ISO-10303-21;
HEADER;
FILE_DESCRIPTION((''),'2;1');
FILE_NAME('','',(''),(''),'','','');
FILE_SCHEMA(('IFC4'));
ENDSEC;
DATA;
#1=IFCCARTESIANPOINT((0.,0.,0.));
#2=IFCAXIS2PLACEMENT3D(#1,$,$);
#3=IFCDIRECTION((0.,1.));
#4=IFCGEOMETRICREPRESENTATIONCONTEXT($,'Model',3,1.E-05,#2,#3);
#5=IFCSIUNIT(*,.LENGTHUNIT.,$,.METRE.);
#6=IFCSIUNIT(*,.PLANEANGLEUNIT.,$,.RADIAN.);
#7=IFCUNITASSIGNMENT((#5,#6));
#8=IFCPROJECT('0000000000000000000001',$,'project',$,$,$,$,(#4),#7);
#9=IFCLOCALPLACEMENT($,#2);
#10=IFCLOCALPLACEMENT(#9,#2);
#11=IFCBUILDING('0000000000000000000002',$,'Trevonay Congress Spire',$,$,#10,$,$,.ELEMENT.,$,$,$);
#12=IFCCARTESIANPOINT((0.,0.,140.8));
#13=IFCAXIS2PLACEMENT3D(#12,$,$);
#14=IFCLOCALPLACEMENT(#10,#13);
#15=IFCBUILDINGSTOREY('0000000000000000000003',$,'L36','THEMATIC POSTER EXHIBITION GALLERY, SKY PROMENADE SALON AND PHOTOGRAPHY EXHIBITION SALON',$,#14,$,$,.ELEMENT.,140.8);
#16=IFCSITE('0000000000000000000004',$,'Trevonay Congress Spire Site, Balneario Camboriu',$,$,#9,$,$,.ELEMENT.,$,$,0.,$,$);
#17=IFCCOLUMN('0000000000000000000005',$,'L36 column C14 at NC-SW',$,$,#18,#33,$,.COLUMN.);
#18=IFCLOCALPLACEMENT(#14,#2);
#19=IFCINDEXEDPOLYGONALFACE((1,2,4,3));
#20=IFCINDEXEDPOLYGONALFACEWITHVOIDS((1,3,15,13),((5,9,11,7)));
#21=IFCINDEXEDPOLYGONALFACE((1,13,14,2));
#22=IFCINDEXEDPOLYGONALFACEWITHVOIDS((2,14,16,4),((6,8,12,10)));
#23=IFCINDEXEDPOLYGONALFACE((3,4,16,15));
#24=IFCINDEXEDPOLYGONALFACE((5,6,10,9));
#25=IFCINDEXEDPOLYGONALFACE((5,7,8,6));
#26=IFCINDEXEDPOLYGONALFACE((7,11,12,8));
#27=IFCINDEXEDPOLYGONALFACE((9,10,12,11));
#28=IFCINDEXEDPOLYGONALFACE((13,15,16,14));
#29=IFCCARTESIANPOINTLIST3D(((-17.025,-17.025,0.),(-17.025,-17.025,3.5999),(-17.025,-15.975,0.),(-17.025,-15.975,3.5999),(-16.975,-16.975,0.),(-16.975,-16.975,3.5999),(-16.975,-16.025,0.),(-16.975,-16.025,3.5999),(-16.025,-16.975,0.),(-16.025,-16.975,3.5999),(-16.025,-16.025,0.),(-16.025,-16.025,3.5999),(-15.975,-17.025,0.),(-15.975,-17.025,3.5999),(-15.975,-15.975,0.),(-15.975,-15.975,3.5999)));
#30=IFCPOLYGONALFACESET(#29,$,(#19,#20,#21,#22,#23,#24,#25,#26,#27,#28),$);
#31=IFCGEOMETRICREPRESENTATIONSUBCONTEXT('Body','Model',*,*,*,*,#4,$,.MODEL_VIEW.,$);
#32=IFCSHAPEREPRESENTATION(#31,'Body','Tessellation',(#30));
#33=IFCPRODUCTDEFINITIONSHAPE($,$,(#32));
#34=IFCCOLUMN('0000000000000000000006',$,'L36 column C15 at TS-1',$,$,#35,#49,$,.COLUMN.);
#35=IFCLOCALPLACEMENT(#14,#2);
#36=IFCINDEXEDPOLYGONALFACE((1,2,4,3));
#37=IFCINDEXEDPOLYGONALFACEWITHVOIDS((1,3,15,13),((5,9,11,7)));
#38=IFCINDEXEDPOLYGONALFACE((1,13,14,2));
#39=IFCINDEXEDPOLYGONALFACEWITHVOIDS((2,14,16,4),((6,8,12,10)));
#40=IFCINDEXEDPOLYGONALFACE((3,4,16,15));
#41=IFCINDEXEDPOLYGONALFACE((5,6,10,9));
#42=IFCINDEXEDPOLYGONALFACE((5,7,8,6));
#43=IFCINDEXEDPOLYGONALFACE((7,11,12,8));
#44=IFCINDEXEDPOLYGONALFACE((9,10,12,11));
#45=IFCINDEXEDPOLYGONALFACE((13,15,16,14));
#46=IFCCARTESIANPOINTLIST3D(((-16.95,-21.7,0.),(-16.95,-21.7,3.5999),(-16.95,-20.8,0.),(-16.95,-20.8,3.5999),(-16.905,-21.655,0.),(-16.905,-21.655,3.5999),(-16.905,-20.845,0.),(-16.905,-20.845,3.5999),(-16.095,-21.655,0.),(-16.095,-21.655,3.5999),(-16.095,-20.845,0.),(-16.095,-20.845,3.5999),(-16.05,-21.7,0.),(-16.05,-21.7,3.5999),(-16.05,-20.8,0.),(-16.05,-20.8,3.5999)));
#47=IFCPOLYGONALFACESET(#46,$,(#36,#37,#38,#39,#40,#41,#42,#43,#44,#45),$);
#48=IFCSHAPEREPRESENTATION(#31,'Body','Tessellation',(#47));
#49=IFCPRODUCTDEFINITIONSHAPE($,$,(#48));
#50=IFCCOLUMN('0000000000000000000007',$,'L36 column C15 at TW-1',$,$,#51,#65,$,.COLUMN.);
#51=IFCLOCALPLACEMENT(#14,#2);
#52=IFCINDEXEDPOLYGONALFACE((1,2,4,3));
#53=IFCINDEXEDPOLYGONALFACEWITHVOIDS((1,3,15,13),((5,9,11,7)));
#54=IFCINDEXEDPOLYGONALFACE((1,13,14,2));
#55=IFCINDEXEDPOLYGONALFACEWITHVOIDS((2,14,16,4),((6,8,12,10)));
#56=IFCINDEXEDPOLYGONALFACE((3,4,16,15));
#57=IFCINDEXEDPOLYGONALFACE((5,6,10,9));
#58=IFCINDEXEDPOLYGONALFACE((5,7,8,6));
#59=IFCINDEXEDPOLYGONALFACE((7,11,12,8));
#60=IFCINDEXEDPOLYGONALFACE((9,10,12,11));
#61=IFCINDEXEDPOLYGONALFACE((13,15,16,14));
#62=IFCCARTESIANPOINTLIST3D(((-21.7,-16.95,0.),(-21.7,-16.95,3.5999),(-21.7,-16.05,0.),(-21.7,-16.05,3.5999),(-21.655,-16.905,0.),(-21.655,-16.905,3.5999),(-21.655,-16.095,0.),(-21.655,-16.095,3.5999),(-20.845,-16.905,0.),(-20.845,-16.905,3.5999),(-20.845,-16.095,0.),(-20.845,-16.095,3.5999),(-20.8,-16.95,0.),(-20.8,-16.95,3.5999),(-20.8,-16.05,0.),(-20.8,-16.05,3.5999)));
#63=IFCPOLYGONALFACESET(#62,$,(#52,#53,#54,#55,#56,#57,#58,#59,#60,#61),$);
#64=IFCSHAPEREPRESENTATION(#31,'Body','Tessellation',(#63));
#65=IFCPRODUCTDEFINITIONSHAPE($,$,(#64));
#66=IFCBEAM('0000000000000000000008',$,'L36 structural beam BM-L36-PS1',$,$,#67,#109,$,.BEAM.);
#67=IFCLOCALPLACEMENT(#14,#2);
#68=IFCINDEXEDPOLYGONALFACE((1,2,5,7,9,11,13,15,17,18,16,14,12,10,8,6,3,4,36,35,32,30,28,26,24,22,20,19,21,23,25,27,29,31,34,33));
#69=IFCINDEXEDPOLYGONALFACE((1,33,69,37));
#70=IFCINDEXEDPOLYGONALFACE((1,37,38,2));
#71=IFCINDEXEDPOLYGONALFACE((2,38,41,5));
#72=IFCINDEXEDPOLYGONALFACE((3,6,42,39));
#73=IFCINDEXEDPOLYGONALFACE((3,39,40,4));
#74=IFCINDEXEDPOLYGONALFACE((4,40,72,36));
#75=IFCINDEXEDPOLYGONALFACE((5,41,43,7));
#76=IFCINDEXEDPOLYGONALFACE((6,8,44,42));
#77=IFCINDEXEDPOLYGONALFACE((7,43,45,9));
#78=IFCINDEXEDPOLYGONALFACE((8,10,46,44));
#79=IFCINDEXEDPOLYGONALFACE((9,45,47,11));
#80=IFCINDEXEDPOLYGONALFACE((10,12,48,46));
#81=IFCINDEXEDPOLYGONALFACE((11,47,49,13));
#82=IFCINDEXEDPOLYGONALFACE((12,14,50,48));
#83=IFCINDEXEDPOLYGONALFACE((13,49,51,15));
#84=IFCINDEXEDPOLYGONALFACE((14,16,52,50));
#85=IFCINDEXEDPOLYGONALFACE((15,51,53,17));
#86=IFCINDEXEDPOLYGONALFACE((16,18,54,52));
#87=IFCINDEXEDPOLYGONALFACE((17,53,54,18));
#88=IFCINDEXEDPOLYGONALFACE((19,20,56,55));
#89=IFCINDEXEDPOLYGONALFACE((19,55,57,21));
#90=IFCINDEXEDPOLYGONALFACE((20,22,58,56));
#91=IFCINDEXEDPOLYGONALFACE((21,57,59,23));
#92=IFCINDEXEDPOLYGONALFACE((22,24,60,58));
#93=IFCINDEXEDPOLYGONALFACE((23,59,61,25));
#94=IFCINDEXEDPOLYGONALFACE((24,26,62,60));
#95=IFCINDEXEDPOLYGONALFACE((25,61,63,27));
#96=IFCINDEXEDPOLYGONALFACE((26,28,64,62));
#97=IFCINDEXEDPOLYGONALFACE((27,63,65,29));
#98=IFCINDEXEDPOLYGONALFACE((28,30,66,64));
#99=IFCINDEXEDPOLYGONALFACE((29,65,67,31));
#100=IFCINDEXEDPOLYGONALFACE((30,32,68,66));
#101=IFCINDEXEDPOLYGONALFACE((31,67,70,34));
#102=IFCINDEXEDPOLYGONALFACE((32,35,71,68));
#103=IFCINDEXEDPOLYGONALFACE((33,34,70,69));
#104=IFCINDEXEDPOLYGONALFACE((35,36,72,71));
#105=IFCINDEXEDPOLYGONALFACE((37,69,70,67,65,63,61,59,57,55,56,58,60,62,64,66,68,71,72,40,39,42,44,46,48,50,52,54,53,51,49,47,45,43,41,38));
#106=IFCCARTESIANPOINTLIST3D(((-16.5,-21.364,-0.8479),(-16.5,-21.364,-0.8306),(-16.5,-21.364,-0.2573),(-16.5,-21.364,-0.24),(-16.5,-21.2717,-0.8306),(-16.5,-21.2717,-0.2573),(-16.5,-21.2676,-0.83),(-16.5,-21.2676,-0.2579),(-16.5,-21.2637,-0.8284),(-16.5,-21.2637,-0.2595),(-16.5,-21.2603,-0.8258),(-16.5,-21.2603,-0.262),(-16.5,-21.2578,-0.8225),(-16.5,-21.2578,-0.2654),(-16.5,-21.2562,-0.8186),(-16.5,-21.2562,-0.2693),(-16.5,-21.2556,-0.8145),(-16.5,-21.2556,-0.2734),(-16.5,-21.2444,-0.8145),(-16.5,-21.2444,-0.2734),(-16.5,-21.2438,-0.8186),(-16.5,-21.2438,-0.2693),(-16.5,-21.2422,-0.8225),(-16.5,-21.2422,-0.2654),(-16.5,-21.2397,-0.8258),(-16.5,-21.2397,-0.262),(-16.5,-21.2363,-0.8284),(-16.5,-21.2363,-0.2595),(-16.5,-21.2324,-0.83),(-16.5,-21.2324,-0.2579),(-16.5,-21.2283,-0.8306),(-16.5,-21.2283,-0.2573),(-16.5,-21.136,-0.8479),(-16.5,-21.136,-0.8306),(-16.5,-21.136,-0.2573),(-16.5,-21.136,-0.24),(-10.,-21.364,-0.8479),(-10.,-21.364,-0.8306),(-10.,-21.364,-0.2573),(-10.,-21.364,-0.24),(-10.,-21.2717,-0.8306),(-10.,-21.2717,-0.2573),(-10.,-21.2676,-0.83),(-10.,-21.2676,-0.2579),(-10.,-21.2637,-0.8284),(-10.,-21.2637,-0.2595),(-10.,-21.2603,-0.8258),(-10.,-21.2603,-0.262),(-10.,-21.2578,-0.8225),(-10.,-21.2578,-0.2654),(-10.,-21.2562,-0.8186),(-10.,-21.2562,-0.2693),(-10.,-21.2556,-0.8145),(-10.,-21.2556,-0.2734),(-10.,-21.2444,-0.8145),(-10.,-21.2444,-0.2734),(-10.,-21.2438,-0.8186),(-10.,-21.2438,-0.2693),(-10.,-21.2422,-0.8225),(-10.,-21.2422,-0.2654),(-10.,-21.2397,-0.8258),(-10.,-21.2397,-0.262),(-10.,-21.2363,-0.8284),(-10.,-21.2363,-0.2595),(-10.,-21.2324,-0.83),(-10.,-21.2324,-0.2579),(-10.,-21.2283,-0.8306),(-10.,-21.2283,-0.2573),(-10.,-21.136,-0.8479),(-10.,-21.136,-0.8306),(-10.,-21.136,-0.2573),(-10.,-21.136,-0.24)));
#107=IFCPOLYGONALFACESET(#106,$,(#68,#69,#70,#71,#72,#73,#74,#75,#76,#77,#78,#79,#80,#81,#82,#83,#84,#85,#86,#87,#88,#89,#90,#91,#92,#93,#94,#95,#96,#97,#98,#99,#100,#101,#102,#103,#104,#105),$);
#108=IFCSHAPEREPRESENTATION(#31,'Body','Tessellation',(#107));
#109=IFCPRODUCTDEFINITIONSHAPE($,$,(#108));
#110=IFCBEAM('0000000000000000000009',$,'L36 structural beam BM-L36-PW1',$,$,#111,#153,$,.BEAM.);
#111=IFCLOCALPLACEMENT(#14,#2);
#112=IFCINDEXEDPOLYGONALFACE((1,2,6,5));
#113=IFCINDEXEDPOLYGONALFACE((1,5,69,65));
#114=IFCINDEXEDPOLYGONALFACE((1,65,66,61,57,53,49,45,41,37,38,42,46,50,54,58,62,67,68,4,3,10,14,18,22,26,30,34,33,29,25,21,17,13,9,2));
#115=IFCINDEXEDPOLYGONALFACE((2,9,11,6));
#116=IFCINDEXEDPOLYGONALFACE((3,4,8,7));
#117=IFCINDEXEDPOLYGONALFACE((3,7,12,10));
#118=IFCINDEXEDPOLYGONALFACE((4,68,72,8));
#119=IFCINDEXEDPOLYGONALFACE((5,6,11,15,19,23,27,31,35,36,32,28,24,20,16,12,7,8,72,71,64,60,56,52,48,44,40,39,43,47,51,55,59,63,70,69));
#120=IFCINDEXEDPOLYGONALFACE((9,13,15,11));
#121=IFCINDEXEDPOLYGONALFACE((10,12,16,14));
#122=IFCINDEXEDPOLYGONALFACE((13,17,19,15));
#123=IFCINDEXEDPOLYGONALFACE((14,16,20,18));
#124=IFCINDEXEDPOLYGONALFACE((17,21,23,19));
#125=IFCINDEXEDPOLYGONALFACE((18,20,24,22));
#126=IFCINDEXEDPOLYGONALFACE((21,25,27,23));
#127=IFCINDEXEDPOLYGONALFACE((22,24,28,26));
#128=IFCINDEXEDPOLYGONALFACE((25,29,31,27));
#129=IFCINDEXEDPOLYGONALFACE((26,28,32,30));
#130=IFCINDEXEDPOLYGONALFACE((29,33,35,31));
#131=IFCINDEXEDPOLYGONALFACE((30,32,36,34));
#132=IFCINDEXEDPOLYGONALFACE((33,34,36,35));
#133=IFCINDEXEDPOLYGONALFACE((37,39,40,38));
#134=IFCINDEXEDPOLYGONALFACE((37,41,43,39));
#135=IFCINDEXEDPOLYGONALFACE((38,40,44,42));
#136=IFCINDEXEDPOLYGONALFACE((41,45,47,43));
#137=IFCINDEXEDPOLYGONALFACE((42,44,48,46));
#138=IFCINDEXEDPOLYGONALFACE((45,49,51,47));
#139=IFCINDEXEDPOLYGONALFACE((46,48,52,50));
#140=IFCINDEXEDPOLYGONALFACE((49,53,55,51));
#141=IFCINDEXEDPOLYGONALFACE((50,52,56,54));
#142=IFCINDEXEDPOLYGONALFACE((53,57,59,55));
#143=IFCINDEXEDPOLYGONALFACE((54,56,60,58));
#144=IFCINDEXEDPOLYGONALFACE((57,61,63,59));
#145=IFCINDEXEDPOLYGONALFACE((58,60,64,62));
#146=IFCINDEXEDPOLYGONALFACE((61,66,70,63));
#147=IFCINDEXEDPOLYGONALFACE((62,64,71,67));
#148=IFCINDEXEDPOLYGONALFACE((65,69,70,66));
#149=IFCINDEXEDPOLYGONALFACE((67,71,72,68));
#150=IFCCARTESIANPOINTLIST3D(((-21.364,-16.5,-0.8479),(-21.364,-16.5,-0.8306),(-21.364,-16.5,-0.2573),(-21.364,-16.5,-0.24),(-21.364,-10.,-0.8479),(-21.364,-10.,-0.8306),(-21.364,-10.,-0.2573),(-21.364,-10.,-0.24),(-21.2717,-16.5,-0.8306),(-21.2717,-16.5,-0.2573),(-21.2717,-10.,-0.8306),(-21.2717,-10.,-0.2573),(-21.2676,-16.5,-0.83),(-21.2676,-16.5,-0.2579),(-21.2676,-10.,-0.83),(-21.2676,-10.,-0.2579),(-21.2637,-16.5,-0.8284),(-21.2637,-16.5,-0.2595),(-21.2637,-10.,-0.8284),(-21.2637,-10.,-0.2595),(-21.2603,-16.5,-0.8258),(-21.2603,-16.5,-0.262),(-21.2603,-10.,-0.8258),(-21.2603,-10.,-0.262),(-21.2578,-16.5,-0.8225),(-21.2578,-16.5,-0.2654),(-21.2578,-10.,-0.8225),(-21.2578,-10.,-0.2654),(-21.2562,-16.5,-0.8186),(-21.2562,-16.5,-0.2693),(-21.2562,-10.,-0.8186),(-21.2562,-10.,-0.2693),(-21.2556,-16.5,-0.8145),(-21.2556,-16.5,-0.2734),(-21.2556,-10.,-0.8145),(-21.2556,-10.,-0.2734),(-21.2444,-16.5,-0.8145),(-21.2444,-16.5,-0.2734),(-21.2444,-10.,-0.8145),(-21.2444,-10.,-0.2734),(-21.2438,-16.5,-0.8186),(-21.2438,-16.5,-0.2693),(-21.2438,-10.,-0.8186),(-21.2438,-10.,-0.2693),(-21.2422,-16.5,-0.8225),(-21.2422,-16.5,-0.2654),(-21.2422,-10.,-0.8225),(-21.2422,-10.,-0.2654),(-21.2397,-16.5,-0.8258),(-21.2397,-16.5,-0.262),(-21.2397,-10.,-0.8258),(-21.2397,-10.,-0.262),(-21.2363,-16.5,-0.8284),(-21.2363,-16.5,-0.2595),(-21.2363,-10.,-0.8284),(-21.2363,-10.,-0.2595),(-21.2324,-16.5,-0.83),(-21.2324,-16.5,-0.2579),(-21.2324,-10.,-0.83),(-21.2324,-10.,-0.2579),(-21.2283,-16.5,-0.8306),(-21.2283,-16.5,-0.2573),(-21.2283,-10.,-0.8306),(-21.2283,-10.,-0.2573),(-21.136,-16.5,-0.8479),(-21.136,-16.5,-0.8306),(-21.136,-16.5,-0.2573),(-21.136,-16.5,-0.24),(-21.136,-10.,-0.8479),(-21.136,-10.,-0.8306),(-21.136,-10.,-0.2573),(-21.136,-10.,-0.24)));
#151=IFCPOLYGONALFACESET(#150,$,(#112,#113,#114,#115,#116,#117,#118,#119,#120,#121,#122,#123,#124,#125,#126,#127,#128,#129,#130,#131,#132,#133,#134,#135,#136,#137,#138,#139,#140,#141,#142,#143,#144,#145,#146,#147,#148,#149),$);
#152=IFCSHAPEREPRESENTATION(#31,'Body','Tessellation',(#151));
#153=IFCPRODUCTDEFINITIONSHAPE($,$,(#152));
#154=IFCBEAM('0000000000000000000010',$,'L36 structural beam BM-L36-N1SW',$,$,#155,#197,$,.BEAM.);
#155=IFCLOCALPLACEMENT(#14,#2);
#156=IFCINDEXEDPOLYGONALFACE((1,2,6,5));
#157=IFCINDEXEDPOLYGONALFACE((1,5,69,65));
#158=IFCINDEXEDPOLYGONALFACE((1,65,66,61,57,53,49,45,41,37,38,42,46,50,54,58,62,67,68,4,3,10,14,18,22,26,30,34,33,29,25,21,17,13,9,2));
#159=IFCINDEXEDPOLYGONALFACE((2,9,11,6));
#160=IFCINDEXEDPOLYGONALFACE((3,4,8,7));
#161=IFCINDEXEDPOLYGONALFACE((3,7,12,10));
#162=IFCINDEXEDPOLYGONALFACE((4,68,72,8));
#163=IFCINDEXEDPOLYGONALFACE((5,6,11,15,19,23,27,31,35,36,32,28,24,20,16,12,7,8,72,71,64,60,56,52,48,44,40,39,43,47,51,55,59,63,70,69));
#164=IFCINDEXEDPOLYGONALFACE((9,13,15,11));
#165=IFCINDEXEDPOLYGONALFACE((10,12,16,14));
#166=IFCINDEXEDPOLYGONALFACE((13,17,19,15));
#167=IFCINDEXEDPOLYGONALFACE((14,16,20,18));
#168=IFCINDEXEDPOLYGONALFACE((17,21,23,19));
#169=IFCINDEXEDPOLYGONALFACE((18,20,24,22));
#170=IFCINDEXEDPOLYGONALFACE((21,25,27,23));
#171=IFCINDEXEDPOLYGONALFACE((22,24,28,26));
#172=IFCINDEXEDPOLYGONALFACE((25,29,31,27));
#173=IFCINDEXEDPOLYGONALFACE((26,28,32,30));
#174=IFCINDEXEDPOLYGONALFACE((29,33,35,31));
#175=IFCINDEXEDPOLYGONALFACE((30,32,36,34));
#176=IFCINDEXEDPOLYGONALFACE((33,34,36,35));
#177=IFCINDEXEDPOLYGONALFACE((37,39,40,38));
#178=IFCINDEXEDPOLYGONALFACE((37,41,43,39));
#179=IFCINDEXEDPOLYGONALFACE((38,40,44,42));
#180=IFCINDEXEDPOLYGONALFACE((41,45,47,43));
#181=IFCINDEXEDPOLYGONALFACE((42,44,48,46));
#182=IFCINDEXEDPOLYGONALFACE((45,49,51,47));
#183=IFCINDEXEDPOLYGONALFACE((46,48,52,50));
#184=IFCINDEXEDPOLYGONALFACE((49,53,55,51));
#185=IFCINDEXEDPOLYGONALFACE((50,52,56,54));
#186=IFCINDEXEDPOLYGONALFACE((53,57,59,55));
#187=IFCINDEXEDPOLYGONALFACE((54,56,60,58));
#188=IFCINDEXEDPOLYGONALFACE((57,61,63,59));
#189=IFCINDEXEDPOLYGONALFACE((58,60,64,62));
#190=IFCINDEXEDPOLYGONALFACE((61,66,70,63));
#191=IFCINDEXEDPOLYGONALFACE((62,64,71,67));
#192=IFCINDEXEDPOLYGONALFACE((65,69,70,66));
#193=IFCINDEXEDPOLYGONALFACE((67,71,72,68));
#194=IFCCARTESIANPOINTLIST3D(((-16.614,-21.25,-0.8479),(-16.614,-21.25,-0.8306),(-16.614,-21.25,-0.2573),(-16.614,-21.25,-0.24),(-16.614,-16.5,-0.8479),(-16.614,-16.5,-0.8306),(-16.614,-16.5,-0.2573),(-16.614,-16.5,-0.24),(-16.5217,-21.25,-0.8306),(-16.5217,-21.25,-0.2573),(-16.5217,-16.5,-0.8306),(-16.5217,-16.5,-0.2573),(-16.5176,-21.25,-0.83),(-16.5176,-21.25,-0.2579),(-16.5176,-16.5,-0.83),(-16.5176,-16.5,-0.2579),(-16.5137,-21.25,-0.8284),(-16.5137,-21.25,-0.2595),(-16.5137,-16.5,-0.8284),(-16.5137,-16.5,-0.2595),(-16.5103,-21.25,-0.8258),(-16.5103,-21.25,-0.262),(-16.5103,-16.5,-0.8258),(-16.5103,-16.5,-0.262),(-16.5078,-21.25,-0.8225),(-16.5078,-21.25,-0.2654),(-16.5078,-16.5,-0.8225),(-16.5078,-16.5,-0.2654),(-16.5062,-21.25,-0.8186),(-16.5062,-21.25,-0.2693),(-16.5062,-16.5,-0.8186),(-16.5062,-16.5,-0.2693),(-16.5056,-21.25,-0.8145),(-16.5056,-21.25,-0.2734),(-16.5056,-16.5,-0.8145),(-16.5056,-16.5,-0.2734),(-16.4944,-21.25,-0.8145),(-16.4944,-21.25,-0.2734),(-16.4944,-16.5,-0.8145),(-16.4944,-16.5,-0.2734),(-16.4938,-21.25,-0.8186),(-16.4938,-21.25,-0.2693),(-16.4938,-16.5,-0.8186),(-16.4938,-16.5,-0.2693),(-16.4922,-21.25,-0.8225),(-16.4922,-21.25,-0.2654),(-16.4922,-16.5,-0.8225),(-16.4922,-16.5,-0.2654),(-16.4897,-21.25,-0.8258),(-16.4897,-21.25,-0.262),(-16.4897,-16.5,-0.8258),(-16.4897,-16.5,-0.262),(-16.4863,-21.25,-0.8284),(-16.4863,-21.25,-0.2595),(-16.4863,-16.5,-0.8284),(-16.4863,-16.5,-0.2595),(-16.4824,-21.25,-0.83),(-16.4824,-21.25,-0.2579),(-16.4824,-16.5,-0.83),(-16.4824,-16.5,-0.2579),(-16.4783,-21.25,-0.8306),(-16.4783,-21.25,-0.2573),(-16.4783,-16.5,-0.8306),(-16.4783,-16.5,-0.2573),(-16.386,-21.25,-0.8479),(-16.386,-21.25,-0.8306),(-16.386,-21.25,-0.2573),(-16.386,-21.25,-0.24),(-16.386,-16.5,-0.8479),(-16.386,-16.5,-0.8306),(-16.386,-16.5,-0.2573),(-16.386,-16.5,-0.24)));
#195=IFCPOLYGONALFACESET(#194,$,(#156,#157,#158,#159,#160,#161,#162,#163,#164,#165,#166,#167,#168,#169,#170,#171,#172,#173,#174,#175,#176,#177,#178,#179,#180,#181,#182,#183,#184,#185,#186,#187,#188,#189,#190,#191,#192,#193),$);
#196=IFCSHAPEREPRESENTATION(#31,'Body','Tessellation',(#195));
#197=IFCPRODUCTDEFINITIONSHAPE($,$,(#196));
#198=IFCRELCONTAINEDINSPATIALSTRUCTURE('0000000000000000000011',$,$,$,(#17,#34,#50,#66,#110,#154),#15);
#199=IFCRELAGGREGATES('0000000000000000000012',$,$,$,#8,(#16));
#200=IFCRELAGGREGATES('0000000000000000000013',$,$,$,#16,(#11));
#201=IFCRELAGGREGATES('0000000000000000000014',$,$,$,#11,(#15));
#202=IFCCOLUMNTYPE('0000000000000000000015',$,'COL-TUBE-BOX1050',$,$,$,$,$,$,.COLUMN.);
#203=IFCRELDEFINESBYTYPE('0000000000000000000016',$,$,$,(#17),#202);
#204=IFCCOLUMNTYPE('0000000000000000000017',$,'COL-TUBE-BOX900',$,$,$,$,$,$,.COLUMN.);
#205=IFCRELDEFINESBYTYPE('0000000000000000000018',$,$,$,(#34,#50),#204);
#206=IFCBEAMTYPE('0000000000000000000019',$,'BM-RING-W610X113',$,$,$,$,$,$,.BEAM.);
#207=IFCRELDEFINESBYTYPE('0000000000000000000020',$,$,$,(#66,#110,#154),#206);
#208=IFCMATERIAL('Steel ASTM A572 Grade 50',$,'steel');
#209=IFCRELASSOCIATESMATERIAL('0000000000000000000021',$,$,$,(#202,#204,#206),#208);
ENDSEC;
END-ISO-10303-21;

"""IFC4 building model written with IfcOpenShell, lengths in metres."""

from ifc_helpers import new_model, si_unit, direction, frame, origin, origin_2d, place, context, subcontext, project, spatial, hollow_rectangle, i_section, extrude, material, material_profile, profile_set, type_object, element, save


model = new_model("IFC4")

# Units and contexts
model_context = context("Model", 3, precision=1e-05, world=origin(), true_north=direction((0.0, 1.0)))
body_context = subcontext(model_context, "Body", "Model", "MODEL_VIEW")
ifc_project = project(units=[si_unit("LENGTHUNIT", "METRE"), si_unit("PLANEANGLEUNIT", "RADIAN")], contexts=[model_context])

# Site, building, storey
site_placement = place(None, origin())
site = spatial("IfcSite", under=ifc_project, at=site_placement, Name="Trevonay Congress Spire Site, Balneario Camboriu", CompositionType="ELEMENT", RefElevation=0.0)
building_placement = place(site_placement, origin())
building = spatial("IfcBuilding", under=site, at=building_placement, Name="Trevonay Congress Spire", CompositionType="ELEMENT")
storey_placement = place(building_placement, frame((0.0, 0.0, 140.8)))
storey = spatial("IfcBuildingStorey", under=building, at=storey_placement, Name="L36", Description="THEMATIC POSTER EXHIBITION GALLERY, SKY PROMENADE SALON AND PHOTOGRAPHY EXHIBITION SALON", CompositionType="ELEMENT", Elevation=140.8)

# Columns
ifc_material_1 = material(Name="Steel ASTM A572 Grade 50", Category="steel")
ifc_material_profile_1 = material_profile(ifc_material_1, hollow_rectangle(XDim=1.05, YDim=1.05, WallThickness=0.05, at=origin_2d()), Name="BOX 1050x1050x50")
ifc_profile_set_1 = profile_set([ifc_material_profile_1], Name="Steel ASTM A572 Grade 50")
column_type_1 = type_object("IfcColumnType", Name="COL-TUBE-BOX1050", PredefinedType="COLUMN", material=ifc_profile_set_1)
column_placement = place(storey_placement, frame((-16.5, -16.5, 0.0), z_axis=(0.0, 0.0, 1.0), x_axis=(1.0, 0.0, 0.0)))
element("IfcColumn", 1, at=column_placement, inside=storey, type_object=column_type_1, Name="L36 column C14 at NC-SW", PredefinedType="COLUMN", context=body_context, shape_type="SweptSolid", body=[
    extrude(hollow_rectangle(XDim=1.05, YDim=1.05, WallThickness=0.05, at=origin_2d()), origin(), (0.0, 0.0, 1.0), 3.5999),
])
ifc_material_profile_2 = material_profile(ifc_material_1, hollow_rectangle(XDim=0.8999, YDim=0.8999, WallThickness=0.0449, at=origin_2d()), Name="BOX 900x900x45")
ifc_profile_set_2 = profile_set([ifc_material_profile_2], Name="Steel ASTM A572 Grade 50")
column_type_2 = type_object("IfcColumnType", Name="COL-TUBE-BOX900", PredefinedType="COLUMN", material=ifc_profile_set_2)
for number, where, z_axis, x_axis, name in (
    (2, (-16.5, -21.25, 0.0), (0.0, 0.0, 1.0), (1.0, 0.0, 0.0), "L36 column C15 at TS-1"),
    (3, (-21.25, -16.5, 0.0), (0.0, 0.0, 1.0), (1.0, 0.0, 0.0), "L36 column C15 at TW-1"),
):
    element("IfcColumn", number, at=place(storey_placement, frame(where, z_axis=z_axis, x_axis=x_axis)), inside=storey, type_object=column_type_2, Name=name, PredefinedType="COLUMN", context=body_context, shape_type="SweptSolid", body=[
        extrude(hollow_rectangle(XDim=0.8999, YDim=0.8999, WallThickness=0.0449, at=origin_2d()), origin(), (0.0, 0.0, 1.0), 3.5999),
    ])

# Beams
ifc_material_profile_3 = material_profile(ifc_material_1, i_section(OverallWidth=0.228, OverallDepth=0.6079, WebThickness=0.0112, FlangeThickness=0.0173, FilletRadius=0.0161, at=origin_2d()), Name="W610x113")
ifc_profile_set_3 = profile_set([ifc_material_profile_3], Name="Steel ASTM A572 Grade 50")
beam_type = type_object("IfcBeamType", Name="BM-RING-W610X113", PredefinedType="BEAM", material=ifc_profile_set_3)
for number, where, z_axis, x_axis, name in (
    (4, (-16.5, -21.25, -0.5439), (1.0, 0.0, 0.0), (0.0, 1.0, 0.0), "L36 structural beam BM-L36-PS1"),
    (5, (-21.25, -16.5, -0.5439), (0.0, 1.0, 0.0), (-1.0, 0.0, 0.0), "L36 structural beam BM-L36-PW1"),
):
    element("IfcBeam", number, at=place(storey_placement, frame(where, z_axis=z_axis, x_axis=x_axis)), inside=storey, type_object=beam_type, Name=name, PredefinedType="BEAM", context=body_context, shape_type="SweptSolid", body=[
        extrude(i_section(OverallWidth=0.228, OverallDepth=0.6079, WebThickness=0.0112, FlangeThickness=0.0173, FilletRadius=0.0161, at=origin_2d()), origin(), (0.0, 0.0, 1.0), 6.5),
    ])
for number, where, z_axis, x_axis, name in (
    (6, (-16.5, -21.25, -0.5439), (0.0, 1.0, 0.0), (-1.0, 0.0, 0.0), "L36 structural beam BM-L36-N1SW"),
):
    element("IfcBeam", number, at=place(storey_placement, frame(where, z_axis=z_axis, x_axis=x_axis)), inside=storey, type_object=beam_type, Name=name, PredefinedType="BEAM", context=body_context, shape_type="SweptSolid", body=[
        extrude(i_section(OverallWidth=0.228, OverallDepth=0.6079, WebThickness=0.0112, FlangeThickness=0.0173, FilletRadius=0.0161, at=origin_2d()), origin(), (0.0, 0.0, 1.0), 4.75),
    ])

save(model, "model.ifc")
